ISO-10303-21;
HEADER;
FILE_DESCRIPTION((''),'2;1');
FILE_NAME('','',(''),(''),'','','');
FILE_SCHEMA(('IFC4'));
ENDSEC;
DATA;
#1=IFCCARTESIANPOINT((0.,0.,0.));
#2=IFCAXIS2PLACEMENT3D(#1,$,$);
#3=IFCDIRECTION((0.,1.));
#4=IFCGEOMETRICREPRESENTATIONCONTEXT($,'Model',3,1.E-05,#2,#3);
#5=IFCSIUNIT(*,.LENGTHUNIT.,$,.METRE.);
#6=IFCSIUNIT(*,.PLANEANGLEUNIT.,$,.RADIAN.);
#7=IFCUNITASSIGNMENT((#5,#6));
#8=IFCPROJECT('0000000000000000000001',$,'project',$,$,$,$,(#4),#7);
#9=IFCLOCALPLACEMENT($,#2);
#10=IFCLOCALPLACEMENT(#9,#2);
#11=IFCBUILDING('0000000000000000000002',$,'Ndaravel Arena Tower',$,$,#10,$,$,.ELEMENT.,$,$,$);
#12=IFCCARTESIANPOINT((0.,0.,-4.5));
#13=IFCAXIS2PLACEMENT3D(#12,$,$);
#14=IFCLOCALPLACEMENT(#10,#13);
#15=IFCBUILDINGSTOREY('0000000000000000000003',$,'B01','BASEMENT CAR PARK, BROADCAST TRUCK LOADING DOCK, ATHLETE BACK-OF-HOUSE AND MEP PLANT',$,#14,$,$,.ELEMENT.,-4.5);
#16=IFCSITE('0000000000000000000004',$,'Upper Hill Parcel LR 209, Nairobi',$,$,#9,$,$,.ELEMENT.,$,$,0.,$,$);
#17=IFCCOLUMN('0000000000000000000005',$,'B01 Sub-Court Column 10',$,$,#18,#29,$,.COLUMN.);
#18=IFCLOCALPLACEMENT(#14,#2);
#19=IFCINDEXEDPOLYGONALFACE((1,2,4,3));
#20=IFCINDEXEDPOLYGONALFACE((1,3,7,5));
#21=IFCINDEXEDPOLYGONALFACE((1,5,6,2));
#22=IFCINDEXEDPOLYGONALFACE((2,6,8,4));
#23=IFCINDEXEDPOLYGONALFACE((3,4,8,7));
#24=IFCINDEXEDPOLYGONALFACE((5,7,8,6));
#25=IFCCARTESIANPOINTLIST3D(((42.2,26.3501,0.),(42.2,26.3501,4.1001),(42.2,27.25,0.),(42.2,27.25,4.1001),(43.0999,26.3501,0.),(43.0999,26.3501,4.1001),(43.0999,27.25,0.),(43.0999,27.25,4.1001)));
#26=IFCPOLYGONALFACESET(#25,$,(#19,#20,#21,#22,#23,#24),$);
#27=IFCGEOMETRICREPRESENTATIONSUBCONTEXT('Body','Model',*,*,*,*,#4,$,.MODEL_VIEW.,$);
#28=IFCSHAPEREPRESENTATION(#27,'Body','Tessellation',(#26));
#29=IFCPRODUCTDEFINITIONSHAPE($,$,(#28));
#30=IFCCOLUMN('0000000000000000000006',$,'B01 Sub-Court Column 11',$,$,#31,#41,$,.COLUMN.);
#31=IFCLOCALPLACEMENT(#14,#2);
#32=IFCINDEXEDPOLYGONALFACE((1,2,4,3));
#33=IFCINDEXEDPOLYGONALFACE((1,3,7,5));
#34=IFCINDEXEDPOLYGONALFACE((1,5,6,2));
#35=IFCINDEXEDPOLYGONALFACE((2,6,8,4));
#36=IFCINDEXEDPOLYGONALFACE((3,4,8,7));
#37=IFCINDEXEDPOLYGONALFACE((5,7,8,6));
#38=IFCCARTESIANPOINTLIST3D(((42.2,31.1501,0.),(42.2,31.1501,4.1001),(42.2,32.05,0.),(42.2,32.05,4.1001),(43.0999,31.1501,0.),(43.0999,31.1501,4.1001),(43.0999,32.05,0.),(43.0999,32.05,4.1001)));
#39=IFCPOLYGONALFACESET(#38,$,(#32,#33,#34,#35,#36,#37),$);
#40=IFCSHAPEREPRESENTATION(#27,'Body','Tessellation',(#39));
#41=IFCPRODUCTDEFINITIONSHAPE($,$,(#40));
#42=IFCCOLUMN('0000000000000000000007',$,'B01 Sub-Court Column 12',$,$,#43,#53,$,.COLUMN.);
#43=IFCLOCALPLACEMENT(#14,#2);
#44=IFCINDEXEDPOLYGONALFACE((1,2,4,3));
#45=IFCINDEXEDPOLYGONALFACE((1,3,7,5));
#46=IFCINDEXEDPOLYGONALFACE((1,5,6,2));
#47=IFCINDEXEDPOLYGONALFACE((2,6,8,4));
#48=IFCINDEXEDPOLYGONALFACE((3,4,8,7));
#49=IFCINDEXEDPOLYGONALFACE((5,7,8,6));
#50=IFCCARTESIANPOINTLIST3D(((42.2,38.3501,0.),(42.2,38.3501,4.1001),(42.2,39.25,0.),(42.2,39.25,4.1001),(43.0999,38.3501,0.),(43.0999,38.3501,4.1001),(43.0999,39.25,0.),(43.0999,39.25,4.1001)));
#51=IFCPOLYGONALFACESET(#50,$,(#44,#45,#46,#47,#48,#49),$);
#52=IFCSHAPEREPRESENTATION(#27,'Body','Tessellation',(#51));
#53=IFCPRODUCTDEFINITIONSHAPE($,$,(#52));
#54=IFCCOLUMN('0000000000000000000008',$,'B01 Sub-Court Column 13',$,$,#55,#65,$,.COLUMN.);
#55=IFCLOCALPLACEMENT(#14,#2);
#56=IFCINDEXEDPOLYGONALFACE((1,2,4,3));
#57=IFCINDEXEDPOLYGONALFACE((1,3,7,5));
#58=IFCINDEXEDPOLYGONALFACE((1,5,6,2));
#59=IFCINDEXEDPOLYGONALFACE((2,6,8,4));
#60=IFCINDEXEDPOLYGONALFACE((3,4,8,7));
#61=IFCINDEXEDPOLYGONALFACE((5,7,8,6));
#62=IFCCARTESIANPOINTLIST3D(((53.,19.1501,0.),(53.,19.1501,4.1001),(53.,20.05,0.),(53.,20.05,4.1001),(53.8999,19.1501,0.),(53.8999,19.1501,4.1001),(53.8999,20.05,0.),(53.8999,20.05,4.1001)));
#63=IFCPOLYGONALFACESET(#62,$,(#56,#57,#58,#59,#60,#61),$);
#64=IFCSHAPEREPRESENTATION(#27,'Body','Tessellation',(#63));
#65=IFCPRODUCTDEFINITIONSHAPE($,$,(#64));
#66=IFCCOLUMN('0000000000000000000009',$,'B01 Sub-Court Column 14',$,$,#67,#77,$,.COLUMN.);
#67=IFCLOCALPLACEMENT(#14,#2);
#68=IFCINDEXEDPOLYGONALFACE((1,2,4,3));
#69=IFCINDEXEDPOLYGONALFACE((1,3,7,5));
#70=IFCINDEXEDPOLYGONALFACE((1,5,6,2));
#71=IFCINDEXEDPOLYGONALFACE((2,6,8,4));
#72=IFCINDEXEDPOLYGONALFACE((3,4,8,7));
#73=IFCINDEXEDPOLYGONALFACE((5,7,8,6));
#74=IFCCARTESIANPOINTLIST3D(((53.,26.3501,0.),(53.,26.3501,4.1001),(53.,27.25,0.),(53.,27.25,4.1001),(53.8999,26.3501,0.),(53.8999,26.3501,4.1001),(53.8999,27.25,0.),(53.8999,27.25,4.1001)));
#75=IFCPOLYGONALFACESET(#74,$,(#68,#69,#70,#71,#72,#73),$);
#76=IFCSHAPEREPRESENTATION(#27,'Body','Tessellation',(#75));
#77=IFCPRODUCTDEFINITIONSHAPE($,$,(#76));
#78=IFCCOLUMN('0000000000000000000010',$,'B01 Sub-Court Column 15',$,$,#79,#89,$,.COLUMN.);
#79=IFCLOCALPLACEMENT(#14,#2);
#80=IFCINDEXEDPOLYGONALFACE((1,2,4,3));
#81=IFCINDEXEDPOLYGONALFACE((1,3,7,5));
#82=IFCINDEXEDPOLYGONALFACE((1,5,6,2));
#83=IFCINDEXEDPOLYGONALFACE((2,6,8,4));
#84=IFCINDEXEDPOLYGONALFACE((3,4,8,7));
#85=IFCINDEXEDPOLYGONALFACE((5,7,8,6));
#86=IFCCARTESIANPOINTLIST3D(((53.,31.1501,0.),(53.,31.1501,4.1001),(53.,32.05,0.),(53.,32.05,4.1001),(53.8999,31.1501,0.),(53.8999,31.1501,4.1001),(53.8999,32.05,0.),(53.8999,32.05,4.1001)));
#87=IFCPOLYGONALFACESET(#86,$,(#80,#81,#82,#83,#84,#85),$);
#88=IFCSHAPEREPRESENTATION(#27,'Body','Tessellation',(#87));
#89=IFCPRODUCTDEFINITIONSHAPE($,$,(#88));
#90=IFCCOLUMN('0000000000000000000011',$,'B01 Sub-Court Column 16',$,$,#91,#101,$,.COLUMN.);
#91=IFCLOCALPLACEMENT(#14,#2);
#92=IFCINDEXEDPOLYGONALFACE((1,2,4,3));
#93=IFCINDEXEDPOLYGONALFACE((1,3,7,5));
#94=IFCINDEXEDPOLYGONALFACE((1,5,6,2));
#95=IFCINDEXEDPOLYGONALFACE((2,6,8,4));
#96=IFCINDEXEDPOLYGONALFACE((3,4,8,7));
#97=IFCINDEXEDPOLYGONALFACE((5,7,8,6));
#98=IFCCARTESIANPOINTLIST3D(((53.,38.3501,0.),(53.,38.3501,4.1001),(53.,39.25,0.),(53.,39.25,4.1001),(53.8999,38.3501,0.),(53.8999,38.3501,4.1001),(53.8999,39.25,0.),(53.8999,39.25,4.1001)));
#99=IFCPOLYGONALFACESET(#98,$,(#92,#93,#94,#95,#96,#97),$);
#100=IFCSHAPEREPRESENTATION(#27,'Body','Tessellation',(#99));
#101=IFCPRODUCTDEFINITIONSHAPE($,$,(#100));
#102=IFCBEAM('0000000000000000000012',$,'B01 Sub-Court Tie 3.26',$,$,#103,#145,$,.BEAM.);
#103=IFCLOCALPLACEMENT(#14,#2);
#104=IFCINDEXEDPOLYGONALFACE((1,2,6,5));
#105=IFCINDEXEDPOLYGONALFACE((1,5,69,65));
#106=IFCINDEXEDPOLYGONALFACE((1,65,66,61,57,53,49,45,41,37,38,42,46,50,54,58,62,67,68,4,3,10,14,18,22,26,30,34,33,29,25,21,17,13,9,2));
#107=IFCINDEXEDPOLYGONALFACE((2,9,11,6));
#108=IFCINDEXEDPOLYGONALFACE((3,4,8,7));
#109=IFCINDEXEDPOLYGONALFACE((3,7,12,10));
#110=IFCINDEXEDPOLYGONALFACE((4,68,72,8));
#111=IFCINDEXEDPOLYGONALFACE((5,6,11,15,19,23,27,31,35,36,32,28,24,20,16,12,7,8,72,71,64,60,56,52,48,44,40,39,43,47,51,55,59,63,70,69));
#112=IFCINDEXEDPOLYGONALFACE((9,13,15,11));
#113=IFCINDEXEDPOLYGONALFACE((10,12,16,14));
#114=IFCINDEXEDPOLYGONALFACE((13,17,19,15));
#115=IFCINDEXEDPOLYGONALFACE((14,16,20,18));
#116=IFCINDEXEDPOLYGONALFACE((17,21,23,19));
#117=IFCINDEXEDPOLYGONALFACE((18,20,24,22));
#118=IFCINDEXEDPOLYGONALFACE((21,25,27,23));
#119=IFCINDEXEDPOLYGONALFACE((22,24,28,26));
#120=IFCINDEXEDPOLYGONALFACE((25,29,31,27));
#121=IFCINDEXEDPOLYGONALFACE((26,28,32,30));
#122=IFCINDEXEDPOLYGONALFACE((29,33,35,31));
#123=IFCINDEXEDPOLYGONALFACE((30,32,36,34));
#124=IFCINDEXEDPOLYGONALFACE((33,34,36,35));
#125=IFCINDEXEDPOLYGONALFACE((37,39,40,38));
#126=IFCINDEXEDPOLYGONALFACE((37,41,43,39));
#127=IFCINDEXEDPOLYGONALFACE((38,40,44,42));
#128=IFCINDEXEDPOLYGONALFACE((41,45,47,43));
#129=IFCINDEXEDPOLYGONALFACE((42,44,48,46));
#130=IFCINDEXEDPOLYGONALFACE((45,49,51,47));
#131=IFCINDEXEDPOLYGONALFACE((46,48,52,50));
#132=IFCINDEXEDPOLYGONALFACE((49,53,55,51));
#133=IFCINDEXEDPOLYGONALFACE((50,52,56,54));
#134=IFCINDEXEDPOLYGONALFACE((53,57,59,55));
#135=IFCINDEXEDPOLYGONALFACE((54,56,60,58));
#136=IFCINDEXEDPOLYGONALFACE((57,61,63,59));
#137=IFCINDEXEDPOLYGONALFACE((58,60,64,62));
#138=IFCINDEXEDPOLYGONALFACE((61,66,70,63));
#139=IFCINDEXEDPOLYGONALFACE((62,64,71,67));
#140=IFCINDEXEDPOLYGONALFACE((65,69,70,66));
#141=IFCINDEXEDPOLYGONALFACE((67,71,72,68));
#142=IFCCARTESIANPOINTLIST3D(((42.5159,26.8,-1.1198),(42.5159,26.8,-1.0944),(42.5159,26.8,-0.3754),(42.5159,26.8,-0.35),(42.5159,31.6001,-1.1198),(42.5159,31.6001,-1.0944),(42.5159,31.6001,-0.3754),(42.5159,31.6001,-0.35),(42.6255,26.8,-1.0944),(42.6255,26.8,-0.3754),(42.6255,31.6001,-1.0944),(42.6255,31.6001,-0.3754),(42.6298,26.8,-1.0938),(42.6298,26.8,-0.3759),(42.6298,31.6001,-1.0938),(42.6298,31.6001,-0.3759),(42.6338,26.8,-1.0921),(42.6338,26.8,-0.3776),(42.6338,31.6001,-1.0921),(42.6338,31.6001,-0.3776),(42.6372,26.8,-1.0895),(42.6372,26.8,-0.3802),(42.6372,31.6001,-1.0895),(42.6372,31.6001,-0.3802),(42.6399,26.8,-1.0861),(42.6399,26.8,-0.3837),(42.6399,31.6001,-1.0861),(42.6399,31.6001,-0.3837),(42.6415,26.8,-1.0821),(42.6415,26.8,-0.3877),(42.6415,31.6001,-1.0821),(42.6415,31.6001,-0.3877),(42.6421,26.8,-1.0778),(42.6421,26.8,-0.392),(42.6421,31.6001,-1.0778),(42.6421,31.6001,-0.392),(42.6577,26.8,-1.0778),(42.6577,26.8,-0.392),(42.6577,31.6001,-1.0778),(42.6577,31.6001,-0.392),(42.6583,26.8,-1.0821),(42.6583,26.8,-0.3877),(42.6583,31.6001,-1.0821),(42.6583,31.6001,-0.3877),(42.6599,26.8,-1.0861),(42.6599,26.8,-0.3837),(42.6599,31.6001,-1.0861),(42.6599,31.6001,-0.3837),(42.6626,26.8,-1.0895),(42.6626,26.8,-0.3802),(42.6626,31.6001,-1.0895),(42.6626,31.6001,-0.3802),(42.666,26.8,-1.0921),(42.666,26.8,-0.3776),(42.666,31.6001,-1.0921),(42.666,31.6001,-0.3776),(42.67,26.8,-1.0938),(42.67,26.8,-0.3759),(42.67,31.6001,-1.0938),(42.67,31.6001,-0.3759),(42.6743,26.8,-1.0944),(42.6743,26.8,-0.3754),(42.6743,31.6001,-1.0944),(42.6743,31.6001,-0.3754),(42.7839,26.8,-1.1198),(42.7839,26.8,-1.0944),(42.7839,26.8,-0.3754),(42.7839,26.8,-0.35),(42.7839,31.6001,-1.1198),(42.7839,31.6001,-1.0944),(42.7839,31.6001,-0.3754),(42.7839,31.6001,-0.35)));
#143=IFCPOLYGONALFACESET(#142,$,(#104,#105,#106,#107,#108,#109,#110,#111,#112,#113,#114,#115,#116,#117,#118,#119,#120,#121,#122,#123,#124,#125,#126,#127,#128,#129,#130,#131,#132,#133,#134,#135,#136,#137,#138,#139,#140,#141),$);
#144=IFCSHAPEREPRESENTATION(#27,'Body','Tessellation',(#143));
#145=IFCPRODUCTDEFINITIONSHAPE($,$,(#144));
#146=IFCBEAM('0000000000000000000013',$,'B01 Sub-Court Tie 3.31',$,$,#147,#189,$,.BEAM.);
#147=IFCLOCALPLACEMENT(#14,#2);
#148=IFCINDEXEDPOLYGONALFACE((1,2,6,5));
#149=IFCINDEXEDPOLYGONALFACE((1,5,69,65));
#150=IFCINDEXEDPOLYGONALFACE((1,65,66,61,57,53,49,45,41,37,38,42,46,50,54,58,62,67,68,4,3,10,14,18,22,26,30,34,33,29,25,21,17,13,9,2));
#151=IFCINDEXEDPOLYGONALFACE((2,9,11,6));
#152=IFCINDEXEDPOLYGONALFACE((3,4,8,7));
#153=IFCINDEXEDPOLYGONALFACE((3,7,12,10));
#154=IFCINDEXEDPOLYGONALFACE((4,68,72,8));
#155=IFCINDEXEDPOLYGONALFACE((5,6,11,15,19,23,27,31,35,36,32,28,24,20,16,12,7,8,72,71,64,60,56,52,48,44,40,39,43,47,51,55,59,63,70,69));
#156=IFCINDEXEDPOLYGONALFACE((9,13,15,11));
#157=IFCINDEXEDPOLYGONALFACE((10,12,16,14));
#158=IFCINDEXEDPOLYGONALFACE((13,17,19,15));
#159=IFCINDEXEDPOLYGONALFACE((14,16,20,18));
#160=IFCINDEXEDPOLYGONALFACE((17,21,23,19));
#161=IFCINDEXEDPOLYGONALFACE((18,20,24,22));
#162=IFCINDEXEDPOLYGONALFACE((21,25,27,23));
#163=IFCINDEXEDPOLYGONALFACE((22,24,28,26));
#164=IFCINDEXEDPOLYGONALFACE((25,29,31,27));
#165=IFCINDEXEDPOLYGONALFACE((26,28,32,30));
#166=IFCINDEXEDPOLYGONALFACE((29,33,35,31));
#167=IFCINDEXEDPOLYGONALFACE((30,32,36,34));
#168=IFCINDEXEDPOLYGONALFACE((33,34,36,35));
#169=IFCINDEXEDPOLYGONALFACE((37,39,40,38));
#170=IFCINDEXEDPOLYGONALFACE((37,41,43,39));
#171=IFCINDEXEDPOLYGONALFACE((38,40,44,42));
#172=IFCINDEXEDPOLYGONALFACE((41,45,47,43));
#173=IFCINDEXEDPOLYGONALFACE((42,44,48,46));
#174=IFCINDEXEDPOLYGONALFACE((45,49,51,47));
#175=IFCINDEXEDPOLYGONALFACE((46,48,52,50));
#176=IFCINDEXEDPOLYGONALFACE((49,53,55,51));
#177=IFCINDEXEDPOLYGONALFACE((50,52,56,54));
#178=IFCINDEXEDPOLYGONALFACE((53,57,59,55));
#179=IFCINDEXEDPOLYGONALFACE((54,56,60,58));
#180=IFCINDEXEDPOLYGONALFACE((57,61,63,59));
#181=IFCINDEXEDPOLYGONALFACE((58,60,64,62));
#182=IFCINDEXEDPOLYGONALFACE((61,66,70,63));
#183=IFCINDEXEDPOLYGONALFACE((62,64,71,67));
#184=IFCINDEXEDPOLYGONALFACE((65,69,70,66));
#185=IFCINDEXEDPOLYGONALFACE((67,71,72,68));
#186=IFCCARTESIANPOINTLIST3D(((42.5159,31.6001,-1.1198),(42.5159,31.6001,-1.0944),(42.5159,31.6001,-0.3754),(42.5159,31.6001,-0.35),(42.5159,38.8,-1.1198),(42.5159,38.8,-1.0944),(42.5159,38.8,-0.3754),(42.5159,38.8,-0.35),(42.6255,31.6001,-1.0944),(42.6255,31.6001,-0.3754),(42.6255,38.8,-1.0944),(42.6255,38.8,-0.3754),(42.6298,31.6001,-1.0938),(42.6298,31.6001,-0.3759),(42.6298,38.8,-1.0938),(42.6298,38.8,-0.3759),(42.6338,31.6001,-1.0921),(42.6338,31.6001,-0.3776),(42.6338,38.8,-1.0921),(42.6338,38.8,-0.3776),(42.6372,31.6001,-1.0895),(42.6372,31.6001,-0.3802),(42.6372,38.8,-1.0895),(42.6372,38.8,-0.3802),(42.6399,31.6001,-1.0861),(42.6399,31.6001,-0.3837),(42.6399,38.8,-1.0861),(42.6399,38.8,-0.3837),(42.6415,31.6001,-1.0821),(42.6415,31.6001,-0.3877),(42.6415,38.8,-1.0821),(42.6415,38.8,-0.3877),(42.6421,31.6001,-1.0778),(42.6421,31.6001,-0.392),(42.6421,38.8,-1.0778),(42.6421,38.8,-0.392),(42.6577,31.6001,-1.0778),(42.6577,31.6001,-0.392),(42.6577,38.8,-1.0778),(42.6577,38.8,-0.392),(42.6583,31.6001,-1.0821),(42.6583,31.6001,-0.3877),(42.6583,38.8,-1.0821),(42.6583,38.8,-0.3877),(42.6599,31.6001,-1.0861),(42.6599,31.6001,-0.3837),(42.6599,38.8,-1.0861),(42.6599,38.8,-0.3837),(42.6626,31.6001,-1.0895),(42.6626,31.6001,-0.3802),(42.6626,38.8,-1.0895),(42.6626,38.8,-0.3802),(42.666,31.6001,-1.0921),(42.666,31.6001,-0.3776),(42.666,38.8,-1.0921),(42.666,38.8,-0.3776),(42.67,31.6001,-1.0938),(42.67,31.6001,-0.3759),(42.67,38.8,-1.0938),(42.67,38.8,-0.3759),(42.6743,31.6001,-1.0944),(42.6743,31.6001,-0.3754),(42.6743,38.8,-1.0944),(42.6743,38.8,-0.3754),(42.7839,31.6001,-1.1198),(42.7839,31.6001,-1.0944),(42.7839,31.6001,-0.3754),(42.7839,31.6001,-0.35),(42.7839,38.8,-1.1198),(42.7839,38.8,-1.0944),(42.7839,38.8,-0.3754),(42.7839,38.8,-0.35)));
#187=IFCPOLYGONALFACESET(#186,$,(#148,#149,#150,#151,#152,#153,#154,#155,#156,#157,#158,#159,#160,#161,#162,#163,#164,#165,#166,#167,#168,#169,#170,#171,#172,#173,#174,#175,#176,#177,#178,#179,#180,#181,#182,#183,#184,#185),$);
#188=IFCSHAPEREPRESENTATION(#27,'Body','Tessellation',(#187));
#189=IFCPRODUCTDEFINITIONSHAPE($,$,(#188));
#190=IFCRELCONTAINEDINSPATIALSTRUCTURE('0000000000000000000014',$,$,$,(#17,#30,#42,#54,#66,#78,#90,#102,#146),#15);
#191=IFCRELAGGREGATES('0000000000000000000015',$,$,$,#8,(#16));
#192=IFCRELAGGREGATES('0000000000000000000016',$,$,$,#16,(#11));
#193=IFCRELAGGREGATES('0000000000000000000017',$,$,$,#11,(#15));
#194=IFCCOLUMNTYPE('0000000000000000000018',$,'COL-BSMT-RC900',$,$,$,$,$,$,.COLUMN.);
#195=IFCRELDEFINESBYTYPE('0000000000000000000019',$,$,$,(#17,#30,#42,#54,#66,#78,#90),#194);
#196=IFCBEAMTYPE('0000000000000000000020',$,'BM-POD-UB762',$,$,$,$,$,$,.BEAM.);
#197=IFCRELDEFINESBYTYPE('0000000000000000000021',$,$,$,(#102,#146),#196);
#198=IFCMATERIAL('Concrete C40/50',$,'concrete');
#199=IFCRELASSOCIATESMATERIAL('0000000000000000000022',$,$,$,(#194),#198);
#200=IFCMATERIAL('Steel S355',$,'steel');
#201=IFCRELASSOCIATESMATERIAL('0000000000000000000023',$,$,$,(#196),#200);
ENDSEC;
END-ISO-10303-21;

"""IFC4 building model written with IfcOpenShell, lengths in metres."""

from ifc_helpers import new_model, si_unit, direction, frame, origin, origin_2d, place, context, subcontext, project, spatial, rectangle, i_section, extrude, material, material_profile, profile_set, type_object, element, save


model = new_model("IFC4")

# Units and contexts
model_context = context("Model", 3, precision=1e-05, world=origin(), true_north=direction((0.0, 1.0)))
body_context = subcontext(model_context, "Body", "Model", "MODEL_VIEW")
ifc_project = project(units=[si_unit("LENGTHUNIT", "METRE"), si_unit("PLANEANGLEUNIT", "RADIAN")], contexts=[model_context])

# Site, building, storey
site_placement = place(None, origin())
site = spatial("IfcSite", under=ifc_project, at=site_placement, Name="Upper Hill Parcel LR 209, Nairobi", CompositionType="ELEMENT", RefElevation=0.0)
building_placement = place(site_placement, origin())
building = spatial("IfcBuilding", under=site, at=building_placement, Name="Ndaravel Arena Tower", CompositionType="ELEMENT")
storey_placement = place(building_placement, frame((0.0, 0.0, -4.5)))
storey = spatial("IfcBuildingStorey", under=building, at=storey_placement, Name="B01", Description="BASEMENT CAR PARK, BROADCAST TRUCK LOADING DOCK, ATHLETE BACK-OF-HOUSE AND MEP PLANT", CompositionType="ELEMENT", Elevation=-4.5)

# Columns
ifc_material_1 = material(Name="Concrete C40/50", Category="concrete")
ifc_material_profile_1 = material_profile(ifc_material_1, rectangle(XDim=0.8999, YDim=0.8999, at=origin_2d()), Name="RC 900x900")
ifc_profile_set_1 = profile_set([ifc_material_profile_1], Name="Concrete C40/50")
column_type = type_object("IfcColumnType", Name="COL-BSMT-RC900", PredefinedType="COLUMN", material=ifc_profile_set_1)
for number, where, z_axis, x_axis, name in (
    (1, (42.6499, 26.8, 0.0), (0.0, 0.0, 1.0), (1.0, 0.0, 0.0), "B01 Sub-Court Column 10"),
    (2, (42.6499, 31.6001, 0.0), (0.0, 0.0, 1.0), (1.0, 0.0, 0.0), "B01 Sub-Court Column 11"),
    (3, (42.6499, 38.8, 0.0), (0.0, 0.0, 1.0), (1.0, 0.0, 0.0), "B01 Sub-Court Column 12"),
    (4, (53.45, 19.6001, 0.0), (0.0, 0.0, 1.0), (1.0, 0.0, 0.0), "B01 Sub-Court Column 13"),
    (5, (53.45, 26.8, 0.0), (0.0, 0.0, 1.0), (1.0, 0.0, 0.0), "B01 Sub-Court Column 14"),
    (6, (53.45, 31.6001, 0.0), (0.0, 0.0, 1.0), (1.0, 0.0, 0.0), "B01 Sub-Court Column 15"),
    (7, (53.45, 38.8, 0.0), (0.0, 0.0, 1.0), (1.0, 0.0, 0.0), "B01 Sub-Court Column 16"),
):
    element("IfcColumn", number, at=place(storey_placement, frame(where, z_axis=z_axis, x_axis=x_axis)), inside=storey, type_object=column_type, Name=name, PredefinedType="COLUMN", context=body_context, shape_type="SweptSolid", body=[
        extrude(rectangle(XDim=0.8999, YDim=0.8999, at=origin_2d()), origin(), (0.0, 0.0, 1.0), 4.1001),
    ])

# Beams
ifc_material_2 = material(Name="Steel S355", Category="steel")
ifc_material_profile_2 = material_profile(ifc_material_2, i_section(OverallWidth=0.2681, OverallDepth=0.7698, WebThickness=0.0156, FlangeThickness=0.0254, FilletRadius=0.0166, at=origin_2d()), Name="UB 762x267x197")
ifc_profile_set_2 = profile_set([ifc_material_profile_2], Name="Steel S355")
beam_type_1 = type_object("IfcBeamType", Name="BM-POD-UB762", PredefinedType="BEAM", material=ifc_profile_set_2)
beam_1_placement = place(storey_placement, frame((42.6499, 26.8, -0.7349), z_axis=(0.0, 1.0, 0.0), x_axis=(-1.0, 0.0, 0.0)))
element("IfcBeam", 8, at=beam_1_placement, inside=storey, type_object=beam_type_1, Name="B01 Sub-Court Tie 3.26", PredefinedType="BEAM", context=body_context, shape_type="SweptSolid", body=[
    extrude(i_section(OverallWidth=0.2681, OverallDepth=0.7698, WebThickness=0.0156, FlangeThickness=0.0254, FilletRadius=0.0166, at=origin_2d()), origin(), (0.0, 0.0, 1.0), 4.8),
])
beam_2_placement = place(storey_placement, frame((42.6499, 31.6001, -0.7349), z_axis=(0.0, 1.0, 0.0), x_axis=(-1.0, 0.0, 0.0)))
element("IfcBeam", 9, at=beam_2_placement, inside=storey, type_object=beam_type_1, Name="B01 Sub-Court Tie 3.31", PredefinedType="BEAM", context=body_context, shape_type="SweptSolid", body=[
    extrude(i_section(OverallWidth=0.2681, OverallDepth=0.7698, WebThickness=0.0156, FlangeThickness=0.0254, FilletRadius=0.0166, at=origin_2d()), origin(), (0.0, 0.0, 1.0), 7.2),
])

save(model, "model.ifc")
